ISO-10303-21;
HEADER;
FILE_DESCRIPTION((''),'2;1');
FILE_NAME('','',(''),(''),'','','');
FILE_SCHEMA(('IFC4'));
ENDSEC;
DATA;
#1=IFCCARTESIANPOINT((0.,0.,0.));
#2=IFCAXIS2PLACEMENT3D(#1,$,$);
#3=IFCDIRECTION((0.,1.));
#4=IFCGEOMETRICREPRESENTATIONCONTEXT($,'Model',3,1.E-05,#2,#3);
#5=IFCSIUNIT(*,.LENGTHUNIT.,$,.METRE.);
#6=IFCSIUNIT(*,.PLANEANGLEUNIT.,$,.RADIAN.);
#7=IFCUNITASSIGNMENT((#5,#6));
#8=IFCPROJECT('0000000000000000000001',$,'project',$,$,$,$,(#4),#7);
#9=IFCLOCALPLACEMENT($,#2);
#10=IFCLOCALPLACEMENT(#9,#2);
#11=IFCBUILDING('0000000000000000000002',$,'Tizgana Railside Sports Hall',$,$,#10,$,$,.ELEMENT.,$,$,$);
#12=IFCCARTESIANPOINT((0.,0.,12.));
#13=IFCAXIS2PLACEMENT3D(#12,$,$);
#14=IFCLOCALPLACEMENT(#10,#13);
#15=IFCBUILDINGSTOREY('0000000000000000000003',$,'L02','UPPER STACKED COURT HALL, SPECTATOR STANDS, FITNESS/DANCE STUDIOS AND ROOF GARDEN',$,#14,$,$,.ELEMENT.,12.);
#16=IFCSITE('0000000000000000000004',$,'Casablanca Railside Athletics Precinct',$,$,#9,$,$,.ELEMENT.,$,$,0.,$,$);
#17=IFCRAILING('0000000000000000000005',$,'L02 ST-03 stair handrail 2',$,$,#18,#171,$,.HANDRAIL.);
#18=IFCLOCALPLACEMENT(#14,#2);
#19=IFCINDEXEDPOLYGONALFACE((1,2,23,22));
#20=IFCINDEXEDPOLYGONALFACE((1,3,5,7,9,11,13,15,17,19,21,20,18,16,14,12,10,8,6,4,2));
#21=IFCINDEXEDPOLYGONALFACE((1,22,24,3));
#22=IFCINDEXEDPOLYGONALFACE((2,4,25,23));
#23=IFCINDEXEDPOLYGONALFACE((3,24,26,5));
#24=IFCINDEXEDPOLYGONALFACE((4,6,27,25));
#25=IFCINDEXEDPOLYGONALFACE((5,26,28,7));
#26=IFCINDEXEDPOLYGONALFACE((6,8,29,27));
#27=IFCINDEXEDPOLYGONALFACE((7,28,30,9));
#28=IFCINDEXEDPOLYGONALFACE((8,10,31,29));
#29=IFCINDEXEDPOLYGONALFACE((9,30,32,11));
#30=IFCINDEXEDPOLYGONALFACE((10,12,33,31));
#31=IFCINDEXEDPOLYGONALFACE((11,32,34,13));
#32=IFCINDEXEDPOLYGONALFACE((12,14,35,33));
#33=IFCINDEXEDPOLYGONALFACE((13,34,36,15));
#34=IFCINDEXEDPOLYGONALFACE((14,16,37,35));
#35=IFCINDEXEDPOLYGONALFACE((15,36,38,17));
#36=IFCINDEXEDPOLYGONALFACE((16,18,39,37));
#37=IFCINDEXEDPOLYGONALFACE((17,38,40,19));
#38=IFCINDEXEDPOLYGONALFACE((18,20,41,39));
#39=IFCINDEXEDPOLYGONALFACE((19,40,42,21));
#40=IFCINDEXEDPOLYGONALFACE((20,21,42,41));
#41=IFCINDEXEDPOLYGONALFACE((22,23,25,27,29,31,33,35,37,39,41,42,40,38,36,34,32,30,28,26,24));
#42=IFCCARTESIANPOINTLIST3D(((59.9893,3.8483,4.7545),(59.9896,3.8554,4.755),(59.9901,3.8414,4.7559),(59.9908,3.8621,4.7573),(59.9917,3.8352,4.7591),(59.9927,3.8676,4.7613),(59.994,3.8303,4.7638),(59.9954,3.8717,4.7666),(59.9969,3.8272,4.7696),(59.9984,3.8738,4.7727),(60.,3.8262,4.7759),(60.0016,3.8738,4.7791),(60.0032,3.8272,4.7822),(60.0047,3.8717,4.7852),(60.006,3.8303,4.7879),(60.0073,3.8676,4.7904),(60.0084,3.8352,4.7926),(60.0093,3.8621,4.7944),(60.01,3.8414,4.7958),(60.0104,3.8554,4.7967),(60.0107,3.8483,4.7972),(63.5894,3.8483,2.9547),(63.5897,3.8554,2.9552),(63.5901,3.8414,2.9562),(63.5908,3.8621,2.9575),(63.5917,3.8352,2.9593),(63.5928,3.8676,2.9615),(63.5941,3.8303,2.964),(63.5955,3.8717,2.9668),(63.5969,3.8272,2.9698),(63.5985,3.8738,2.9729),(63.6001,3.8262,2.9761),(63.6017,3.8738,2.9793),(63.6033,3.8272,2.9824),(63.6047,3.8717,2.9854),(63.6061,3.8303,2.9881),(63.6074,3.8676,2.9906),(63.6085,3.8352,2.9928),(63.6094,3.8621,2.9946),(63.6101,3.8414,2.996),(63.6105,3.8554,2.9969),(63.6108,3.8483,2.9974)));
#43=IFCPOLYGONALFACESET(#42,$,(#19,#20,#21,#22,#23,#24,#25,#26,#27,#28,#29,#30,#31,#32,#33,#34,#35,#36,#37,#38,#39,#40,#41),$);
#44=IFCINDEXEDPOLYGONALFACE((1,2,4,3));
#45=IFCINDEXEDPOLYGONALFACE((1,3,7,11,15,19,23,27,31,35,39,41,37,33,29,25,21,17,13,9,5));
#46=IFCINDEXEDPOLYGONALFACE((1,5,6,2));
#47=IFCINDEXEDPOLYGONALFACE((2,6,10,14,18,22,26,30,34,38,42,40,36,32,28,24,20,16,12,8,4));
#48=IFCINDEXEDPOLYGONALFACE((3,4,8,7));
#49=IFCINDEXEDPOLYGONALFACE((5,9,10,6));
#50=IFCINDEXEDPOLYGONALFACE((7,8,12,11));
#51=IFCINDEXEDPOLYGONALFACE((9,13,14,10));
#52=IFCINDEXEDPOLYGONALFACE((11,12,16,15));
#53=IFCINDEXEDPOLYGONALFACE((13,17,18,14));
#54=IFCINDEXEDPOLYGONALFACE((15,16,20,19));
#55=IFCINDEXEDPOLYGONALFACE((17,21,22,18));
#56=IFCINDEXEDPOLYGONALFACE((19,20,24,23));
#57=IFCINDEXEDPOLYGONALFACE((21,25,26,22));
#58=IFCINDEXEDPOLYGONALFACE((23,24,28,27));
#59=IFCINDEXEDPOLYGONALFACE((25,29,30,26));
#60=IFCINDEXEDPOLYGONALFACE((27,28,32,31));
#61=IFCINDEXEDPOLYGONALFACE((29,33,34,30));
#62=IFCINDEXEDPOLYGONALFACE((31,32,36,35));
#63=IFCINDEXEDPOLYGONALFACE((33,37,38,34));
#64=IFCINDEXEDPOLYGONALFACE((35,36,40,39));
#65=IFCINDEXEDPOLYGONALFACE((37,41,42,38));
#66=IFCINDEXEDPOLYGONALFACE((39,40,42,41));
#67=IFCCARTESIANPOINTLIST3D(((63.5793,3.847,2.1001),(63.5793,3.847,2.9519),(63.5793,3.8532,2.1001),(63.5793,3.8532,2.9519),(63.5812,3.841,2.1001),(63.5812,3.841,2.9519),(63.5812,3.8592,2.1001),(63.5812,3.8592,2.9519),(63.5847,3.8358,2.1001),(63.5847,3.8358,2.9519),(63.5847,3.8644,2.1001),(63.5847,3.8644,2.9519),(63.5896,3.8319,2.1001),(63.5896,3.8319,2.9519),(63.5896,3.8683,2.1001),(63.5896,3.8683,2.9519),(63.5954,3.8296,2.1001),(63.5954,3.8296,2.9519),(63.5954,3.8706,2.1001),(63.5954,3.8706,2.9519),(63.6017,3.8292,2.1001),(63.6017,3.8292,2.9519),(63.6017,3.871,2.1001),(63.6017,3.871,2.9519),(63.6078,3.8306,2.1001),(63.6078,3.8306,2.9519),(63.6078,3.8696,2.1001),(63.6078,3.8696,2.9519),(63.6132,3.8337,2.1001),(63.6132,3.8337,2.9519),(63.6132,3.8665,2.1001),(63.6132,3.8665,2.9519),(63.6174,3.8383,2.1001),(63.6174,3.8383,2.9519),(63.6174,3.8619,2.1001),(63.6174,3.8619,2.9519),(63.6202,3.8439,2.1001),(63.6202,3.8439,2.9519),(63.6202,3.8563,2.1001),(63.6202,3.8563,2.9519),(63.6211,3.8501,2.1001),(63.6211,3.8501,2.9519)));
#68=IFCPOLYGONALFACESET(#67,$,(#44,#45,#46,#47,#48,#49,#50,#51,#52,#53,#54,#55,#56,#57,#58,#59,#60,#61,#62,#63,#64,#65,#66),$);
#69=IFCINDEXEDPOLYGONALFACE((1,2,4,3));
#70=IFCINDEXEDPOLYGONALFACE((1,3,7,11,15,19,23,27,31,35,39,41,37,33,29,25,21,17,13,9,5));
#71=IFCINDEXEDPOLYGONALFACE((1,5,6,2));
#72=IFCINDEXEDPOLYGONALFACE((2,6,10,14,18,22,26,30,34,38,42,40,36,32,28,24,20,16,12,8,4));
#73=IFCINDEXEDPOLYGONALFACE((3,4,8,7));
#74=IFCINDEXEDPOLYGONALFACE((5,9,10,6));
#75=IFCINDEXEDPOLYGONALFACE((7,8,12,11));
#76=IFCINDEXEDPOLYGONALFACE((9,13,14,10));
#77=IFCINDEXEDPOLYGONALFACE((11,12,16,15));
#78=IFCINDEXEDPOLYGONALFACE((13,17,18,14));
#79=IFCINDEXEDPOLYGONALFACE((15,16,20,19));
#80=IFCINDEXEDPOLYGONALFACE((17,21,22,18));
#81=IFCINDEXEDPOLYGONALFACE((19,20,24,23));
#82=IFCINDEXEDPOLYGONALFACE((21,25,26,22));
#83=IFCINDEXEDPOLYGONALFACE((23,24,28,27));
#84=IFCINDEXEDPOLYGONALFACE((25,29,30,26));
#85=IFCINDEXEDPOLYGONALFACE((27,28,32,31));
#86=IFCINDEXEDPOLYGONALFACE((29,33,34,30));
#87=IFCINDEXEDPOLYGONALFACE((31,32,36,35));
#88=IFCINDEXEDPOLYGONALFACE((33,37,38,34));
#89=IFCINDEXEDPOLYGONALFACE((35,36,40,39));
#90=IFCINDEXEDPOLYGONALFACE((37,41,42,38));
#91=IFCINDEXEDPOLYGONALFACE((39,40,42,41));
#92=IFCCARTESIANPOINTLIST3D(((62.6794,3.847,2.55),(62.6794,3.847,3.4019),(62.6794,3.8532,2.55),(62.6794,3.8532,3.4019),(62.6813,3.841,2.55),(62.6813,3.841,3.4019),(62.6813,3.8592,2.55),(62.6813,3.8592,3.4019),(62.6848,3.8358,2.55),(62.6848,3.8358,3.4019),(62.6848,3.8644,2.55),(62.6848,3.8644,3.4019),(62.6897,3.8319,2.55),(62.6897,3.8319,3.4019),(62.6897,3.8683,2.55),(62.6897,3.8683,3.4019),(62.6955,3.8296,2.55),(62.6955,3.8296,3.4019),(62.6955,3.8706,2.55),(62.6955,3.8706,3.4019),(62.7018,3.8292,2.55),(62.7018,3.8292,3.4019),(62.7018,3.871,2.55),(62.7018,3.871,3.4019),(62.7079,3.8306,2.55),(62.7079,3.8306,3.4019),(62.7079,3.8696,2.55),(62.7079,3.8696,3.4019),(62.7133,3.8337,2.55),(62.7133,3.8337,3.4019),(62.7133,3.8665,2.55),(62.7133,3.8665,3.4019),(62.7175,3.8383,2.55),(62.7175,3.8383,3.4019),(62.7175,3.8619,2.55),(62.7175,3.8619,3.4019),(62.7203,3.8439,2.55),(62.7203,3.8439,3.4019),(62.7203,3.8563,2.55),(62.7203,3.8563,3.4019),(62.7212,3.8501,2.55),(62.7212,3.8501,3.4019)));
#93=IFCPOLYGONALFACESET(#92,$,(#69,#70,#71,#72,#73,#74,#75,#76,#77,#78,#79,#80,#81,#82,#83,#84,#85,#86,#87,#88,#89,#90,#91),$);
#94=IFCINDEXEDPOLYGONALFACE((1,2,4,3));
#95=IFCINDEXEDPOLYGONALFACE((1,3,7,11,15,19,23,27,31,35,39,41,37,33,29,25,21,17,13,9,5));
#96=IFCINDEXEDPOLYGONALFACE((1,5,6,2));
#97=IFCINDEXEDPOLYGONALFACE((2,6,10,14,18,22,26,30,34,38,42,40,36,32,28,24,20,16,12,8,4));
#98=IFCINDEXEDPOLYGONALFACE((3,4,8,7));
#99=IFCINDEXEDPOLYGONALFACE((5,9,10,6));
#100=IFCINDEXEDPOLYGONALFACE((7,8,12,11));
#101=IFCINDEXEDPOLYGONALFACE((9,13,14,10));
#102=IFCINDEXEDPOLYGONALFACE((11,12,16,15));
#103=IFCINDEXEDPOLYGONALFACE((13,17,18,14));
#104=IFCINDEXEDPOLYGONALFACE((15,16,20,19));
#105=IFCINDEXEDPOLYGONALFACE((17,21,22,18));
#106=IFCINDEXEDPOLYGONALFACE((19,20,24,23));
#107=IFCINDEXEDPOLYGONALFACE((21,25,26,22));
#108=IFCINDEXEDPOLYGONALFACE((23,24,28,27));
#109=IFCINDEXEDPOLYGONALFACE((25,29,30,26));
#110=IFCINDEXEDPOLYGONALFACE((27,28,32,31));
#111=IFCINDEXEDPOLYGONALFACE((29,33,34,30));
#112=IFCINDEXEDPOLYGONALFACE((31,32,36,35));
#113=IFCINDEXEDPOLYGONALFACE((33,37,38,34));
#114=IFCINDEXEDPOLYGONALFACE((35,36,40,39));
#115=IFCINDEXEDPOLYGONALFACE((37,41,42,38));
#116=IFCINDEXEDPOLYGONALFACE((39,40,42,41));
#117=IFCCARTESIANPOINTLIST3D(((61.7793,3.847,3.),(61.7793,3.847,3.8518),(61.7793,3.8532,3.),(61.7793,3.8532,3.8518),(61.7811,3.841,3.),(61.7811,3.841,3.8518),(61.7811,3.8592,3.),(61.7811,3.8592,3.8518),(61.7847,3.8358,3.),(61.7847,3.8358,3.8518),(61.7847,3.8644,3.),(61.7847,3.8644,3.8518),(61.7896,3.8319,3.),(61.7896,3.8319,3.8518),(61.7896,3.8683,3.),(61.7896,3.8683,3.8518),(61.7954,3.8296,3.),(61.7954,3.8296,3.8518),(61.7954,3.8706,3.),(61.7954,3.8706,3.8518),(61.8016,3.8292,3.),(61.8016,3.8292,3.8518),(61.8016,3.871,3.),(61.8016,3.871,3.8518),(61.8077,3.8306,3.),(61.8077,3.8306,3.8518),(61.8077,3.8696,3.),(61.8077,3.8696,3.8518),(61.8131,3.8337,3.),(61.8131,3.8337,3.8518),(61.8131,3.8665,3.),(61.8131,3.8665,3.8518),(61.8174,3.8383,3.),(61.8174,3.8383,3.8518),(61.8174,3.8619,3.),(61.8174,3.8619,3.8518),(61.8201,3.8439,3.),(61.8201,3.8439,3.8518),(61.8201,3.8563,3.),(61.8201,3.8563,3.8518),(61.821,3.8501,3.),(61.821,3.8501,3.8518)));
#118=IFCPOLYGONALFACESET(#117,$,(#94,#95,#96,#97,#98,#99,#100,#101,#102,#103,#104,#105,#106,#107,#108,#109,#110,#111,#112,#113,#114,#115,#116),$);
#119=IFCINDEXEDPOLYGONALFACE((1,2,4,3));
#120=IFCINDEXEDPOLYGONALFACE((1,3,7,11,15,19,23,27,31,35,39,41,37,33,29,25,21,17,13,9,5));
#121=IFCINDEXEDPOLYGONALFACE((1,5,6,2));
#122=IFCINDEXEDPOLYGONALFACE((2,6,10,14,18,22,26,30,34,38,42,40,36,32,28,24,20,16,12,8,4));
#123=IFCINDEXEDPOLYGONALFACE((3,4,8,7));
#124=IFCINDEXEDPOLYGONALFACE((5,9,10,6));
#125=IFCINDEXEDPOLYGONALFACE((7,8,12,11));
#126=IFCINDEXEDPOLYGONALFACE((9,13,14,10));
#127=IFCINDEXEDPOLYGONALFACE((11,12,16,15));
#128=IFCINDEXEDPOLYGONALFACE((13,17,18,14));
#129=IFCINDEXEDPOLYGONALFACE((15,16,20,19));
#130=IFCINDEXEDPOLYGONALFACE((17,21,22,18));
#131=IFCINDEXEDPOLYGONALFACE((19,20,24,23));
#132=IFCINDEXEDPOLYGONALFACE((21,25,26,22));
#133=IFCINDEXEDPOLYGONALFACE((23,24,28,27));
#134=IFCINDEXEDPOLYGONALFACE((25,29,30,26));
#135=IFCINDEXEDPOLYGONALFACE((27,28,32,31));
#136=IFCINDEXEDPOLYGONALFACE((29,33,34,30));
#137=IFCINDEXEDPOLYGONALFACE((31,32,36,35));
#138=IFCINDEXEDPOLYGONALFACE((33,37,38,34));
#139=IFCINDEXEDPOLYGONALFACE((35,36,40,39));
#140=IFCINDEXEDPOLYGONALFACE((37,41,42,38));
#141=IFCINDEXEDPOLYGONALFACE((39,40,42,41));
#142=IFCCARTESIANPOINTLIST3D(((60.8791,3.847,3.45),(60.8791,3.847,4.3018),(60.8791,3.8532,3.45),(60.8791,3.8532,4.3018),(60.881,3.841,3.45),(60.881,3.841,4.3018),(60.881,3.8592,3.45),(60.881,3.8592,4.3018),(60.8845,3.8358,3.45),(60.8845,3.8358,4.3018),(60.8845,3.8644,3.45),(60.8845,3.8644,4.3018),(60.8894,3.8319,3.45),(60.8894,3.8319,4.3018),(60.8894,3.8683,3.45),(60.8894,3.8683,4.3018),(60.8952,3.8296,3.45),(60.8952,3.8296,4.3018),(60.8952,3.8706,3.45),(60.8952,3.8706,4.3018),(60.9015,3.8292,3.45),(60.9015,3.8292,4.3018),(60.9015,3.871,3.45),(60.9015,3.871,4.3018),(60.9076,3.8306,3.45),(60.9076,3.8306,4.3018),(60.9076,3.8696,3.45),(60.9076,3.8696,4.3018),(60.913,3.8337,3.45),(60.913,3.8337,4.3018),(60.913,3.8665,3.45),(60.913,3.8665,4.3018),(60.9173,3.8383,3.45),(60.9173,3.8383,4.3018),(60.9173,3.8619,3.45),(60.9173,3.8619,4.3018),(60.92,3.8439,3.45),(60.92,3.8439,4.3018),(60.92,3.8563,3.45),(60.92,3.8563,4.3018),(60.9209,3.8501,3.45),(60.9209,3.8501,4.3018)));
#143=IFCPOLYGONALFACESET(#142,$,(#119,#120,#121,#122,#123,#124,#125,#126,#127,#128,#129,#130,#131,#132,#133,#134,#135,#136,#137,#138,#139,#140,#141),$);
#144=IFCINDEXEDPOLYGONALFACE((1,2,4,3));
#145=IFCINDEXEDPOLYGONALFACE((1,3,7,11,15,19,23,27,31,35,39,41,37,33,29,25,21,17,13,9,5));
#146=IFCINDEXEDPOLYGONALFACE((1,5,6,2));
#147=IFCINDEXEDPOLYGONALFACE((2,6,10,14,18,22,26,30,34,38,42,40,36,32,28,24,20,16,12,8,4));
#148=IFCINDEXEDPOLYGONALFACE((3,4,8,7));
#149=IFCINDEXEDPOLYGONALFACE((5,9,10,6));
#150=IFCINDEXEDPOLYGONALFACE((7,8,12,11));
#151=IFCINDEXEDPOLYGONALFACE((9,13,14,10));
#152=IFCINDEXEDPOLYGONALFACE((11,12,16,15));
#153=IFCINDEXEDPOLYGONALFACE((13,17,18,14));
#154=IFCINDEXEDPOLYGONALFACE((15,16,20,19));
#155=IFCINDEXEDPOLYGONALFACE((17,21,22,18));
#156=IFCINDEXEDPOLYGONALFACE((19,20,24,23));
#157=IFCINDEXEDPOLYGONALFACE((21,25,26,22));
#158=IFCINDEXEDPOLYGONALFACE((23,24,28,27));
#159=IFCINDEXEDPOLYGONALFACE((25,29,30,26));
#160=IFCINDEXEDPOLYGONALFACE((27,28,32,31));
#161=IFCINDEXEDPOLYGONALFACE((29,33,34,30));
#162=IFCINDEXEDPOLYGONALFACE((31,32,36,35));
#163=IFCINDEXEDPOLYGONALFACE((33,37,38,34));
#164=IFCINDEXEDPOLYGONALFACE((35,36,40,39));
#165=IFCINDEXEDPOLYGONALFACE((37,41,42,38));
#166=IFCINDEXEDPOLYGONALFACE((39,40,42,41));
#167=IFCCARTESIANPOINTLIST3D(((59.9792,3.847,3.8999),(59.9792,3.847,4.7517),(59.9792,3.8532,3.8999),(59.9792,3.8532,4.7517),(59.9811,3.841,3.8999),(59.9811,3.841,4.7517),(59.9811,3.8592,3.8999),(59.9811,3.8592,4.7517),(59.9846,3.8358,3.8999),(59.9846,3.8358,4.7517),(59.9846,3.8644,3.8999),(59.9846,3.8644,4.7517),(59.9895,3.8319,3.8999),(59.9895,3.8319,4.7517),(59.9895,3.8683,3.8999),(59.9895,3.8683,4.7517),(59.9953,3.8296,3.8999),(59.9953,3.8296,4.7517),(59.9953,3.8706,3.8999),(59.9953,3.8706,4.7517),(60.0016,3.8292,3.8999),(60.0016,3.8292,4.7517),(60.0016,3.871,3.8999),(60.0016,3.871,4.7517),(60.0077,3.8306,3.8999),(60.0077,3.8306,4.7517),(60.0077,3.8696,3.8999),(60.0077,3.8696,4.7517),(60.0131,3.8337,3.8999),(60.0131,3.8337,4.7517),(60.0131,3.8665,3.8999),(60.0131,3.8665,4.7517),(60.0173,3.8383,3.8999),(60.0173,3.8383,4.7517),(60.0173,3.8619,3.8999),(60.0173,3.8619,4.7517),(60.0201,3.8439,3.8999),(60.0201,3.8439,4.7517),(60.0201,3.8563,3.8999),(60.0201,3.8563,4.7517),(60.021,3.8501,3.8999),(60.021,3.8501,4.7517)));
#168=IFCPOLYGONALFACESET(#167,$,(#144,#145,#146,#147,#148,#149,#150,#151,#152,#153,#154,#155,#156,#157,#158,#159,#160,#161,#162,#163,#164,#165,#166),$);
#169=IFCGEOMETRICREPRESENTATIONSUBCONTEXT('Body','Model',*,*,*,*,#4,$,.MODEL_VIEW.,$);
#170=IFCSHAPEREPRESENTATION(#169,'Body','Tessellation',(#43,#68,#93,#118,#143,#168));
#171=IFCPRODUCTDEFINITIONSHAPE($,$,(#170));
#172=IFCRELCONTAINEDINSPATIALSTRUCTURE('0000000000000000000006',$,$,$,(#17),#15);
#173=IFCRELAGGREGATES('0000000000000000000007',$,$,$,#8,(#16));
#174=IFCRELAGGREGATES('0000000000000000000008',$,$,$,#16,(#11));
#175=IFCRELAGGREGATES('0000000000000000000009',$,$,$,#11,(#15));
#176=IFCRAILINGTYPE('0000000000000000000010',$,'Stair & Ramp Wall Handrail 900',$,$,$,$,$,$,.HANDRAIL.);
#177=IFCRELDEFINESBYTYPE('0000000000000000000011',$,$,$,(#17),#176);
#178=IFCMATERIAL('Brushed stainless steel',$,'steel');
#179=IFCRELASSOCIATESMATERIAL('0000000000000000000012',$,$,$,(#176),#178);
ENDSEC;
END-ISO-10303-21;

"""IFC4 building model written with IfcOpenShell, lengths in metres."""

from ifc_helpers import new_model, si_unit, direction, frame, origin, origin_2d, place, context, subcontext, project, spatial, circle, extrude, material, type_object, element, save


model = new_model("IFC4")

# Units and contexts
model_context = context("Model", 3, precision=1e-05, world=origin(), true_north=direction((0.0, 1.0)))
body_context = subcontext(model_context, "Body", "Model", "MODEL_VIEW")
ifc_project = project(units=[si_unit("LENGTHUNIT", "METRE"), si_unit("PLANEANGLEUNIT", "RADIAN")], contexts=[model_context])

# Site, building, storey
site_placement = place(None, origin())
site = spatial("IfcSite", under=ifc_project, at=site_placement, Name="Casablanca Railside Athletics Precinct", CompositionType="ELEMENT", RefElevation=0.0)
building_placement = place(site_placement, origin())
building = spatial("IfcBuilding", under=site, at=building_placement, Name="Tizgana Railside Sports Hall", CompositionType="ELEMENT")
storey_placement = place(building_placement, frame((0.0, 0.0, 12.0)))
storey = spatial("IfcBuildingStorey", under=building, at=storey_placement, Name="L02", Description="UPPER STACKED COURT HALL, SPECTATOR STANDS, FITNESS/DANCE STUDIOS AND ROOF GARDEN", CompositionType="ELEMENT", Elevation=12.0)

# Shared definitions
ifc_material_1 = material(Name="Brushed stainless steel", Category="steel")

# Railing
railing_type_1 = type_object("IfcRailingType", Name="Stair & Ramp Wall Handrail 900", PredefinedType="HANDRAIL", material=ifc_material_1)
railing_1_placement = place(storey_placement, frame((63.6001, 3.8501, 2.1001)))
element("IfcRailing", 1, at=railing_1_placement, inside=storey, type_object=railing_type_1, Name="L02 ST-03 stair handrail 2", PredefinedType="HANDRAIL", context=body_context, shape_type="SweptSolid", body=[
    extrude(circle(Radius=0.0239, at=origin_2d()), frame((0.0, 0.0, 0.876), z_axis=(-0.894451, 0.0, 0.447165), x_axis=(0.0, -1.0, 0.0)), (0.0, 0.0, 1.0), 4.0249),
    extrude(circle(Radius=0.021, at=origin_2d()), origin(), (0.0, 0.0, 1.0), 0.8518),
    extrude(circle(Radius=0.021, at=origin_2d()), frame((-0.8999, 0.0, 0.45)), (0.0, 0.0, 1.0), 0.8518),
    extrude(circle(Radius=0.021, at=origin_2d()), frame((-1.8, 0.0, 0.8999)), (0.0, 0.0, 1.0), 0.8518),
    extrude(circle(Radius=0.021, at=origin_2d()), frame((-2.7002, 0.0, 1.3499)), (0.0, 0.0, 1.0), 0.8518),
    extrude(circle(Radius=0.021, at=origin_2d()), frame((-3.6001, 0.0, 1.7998)), (0.0, 0.0, 1.0), 0.8518),
])

save(model, "model.ifc")
